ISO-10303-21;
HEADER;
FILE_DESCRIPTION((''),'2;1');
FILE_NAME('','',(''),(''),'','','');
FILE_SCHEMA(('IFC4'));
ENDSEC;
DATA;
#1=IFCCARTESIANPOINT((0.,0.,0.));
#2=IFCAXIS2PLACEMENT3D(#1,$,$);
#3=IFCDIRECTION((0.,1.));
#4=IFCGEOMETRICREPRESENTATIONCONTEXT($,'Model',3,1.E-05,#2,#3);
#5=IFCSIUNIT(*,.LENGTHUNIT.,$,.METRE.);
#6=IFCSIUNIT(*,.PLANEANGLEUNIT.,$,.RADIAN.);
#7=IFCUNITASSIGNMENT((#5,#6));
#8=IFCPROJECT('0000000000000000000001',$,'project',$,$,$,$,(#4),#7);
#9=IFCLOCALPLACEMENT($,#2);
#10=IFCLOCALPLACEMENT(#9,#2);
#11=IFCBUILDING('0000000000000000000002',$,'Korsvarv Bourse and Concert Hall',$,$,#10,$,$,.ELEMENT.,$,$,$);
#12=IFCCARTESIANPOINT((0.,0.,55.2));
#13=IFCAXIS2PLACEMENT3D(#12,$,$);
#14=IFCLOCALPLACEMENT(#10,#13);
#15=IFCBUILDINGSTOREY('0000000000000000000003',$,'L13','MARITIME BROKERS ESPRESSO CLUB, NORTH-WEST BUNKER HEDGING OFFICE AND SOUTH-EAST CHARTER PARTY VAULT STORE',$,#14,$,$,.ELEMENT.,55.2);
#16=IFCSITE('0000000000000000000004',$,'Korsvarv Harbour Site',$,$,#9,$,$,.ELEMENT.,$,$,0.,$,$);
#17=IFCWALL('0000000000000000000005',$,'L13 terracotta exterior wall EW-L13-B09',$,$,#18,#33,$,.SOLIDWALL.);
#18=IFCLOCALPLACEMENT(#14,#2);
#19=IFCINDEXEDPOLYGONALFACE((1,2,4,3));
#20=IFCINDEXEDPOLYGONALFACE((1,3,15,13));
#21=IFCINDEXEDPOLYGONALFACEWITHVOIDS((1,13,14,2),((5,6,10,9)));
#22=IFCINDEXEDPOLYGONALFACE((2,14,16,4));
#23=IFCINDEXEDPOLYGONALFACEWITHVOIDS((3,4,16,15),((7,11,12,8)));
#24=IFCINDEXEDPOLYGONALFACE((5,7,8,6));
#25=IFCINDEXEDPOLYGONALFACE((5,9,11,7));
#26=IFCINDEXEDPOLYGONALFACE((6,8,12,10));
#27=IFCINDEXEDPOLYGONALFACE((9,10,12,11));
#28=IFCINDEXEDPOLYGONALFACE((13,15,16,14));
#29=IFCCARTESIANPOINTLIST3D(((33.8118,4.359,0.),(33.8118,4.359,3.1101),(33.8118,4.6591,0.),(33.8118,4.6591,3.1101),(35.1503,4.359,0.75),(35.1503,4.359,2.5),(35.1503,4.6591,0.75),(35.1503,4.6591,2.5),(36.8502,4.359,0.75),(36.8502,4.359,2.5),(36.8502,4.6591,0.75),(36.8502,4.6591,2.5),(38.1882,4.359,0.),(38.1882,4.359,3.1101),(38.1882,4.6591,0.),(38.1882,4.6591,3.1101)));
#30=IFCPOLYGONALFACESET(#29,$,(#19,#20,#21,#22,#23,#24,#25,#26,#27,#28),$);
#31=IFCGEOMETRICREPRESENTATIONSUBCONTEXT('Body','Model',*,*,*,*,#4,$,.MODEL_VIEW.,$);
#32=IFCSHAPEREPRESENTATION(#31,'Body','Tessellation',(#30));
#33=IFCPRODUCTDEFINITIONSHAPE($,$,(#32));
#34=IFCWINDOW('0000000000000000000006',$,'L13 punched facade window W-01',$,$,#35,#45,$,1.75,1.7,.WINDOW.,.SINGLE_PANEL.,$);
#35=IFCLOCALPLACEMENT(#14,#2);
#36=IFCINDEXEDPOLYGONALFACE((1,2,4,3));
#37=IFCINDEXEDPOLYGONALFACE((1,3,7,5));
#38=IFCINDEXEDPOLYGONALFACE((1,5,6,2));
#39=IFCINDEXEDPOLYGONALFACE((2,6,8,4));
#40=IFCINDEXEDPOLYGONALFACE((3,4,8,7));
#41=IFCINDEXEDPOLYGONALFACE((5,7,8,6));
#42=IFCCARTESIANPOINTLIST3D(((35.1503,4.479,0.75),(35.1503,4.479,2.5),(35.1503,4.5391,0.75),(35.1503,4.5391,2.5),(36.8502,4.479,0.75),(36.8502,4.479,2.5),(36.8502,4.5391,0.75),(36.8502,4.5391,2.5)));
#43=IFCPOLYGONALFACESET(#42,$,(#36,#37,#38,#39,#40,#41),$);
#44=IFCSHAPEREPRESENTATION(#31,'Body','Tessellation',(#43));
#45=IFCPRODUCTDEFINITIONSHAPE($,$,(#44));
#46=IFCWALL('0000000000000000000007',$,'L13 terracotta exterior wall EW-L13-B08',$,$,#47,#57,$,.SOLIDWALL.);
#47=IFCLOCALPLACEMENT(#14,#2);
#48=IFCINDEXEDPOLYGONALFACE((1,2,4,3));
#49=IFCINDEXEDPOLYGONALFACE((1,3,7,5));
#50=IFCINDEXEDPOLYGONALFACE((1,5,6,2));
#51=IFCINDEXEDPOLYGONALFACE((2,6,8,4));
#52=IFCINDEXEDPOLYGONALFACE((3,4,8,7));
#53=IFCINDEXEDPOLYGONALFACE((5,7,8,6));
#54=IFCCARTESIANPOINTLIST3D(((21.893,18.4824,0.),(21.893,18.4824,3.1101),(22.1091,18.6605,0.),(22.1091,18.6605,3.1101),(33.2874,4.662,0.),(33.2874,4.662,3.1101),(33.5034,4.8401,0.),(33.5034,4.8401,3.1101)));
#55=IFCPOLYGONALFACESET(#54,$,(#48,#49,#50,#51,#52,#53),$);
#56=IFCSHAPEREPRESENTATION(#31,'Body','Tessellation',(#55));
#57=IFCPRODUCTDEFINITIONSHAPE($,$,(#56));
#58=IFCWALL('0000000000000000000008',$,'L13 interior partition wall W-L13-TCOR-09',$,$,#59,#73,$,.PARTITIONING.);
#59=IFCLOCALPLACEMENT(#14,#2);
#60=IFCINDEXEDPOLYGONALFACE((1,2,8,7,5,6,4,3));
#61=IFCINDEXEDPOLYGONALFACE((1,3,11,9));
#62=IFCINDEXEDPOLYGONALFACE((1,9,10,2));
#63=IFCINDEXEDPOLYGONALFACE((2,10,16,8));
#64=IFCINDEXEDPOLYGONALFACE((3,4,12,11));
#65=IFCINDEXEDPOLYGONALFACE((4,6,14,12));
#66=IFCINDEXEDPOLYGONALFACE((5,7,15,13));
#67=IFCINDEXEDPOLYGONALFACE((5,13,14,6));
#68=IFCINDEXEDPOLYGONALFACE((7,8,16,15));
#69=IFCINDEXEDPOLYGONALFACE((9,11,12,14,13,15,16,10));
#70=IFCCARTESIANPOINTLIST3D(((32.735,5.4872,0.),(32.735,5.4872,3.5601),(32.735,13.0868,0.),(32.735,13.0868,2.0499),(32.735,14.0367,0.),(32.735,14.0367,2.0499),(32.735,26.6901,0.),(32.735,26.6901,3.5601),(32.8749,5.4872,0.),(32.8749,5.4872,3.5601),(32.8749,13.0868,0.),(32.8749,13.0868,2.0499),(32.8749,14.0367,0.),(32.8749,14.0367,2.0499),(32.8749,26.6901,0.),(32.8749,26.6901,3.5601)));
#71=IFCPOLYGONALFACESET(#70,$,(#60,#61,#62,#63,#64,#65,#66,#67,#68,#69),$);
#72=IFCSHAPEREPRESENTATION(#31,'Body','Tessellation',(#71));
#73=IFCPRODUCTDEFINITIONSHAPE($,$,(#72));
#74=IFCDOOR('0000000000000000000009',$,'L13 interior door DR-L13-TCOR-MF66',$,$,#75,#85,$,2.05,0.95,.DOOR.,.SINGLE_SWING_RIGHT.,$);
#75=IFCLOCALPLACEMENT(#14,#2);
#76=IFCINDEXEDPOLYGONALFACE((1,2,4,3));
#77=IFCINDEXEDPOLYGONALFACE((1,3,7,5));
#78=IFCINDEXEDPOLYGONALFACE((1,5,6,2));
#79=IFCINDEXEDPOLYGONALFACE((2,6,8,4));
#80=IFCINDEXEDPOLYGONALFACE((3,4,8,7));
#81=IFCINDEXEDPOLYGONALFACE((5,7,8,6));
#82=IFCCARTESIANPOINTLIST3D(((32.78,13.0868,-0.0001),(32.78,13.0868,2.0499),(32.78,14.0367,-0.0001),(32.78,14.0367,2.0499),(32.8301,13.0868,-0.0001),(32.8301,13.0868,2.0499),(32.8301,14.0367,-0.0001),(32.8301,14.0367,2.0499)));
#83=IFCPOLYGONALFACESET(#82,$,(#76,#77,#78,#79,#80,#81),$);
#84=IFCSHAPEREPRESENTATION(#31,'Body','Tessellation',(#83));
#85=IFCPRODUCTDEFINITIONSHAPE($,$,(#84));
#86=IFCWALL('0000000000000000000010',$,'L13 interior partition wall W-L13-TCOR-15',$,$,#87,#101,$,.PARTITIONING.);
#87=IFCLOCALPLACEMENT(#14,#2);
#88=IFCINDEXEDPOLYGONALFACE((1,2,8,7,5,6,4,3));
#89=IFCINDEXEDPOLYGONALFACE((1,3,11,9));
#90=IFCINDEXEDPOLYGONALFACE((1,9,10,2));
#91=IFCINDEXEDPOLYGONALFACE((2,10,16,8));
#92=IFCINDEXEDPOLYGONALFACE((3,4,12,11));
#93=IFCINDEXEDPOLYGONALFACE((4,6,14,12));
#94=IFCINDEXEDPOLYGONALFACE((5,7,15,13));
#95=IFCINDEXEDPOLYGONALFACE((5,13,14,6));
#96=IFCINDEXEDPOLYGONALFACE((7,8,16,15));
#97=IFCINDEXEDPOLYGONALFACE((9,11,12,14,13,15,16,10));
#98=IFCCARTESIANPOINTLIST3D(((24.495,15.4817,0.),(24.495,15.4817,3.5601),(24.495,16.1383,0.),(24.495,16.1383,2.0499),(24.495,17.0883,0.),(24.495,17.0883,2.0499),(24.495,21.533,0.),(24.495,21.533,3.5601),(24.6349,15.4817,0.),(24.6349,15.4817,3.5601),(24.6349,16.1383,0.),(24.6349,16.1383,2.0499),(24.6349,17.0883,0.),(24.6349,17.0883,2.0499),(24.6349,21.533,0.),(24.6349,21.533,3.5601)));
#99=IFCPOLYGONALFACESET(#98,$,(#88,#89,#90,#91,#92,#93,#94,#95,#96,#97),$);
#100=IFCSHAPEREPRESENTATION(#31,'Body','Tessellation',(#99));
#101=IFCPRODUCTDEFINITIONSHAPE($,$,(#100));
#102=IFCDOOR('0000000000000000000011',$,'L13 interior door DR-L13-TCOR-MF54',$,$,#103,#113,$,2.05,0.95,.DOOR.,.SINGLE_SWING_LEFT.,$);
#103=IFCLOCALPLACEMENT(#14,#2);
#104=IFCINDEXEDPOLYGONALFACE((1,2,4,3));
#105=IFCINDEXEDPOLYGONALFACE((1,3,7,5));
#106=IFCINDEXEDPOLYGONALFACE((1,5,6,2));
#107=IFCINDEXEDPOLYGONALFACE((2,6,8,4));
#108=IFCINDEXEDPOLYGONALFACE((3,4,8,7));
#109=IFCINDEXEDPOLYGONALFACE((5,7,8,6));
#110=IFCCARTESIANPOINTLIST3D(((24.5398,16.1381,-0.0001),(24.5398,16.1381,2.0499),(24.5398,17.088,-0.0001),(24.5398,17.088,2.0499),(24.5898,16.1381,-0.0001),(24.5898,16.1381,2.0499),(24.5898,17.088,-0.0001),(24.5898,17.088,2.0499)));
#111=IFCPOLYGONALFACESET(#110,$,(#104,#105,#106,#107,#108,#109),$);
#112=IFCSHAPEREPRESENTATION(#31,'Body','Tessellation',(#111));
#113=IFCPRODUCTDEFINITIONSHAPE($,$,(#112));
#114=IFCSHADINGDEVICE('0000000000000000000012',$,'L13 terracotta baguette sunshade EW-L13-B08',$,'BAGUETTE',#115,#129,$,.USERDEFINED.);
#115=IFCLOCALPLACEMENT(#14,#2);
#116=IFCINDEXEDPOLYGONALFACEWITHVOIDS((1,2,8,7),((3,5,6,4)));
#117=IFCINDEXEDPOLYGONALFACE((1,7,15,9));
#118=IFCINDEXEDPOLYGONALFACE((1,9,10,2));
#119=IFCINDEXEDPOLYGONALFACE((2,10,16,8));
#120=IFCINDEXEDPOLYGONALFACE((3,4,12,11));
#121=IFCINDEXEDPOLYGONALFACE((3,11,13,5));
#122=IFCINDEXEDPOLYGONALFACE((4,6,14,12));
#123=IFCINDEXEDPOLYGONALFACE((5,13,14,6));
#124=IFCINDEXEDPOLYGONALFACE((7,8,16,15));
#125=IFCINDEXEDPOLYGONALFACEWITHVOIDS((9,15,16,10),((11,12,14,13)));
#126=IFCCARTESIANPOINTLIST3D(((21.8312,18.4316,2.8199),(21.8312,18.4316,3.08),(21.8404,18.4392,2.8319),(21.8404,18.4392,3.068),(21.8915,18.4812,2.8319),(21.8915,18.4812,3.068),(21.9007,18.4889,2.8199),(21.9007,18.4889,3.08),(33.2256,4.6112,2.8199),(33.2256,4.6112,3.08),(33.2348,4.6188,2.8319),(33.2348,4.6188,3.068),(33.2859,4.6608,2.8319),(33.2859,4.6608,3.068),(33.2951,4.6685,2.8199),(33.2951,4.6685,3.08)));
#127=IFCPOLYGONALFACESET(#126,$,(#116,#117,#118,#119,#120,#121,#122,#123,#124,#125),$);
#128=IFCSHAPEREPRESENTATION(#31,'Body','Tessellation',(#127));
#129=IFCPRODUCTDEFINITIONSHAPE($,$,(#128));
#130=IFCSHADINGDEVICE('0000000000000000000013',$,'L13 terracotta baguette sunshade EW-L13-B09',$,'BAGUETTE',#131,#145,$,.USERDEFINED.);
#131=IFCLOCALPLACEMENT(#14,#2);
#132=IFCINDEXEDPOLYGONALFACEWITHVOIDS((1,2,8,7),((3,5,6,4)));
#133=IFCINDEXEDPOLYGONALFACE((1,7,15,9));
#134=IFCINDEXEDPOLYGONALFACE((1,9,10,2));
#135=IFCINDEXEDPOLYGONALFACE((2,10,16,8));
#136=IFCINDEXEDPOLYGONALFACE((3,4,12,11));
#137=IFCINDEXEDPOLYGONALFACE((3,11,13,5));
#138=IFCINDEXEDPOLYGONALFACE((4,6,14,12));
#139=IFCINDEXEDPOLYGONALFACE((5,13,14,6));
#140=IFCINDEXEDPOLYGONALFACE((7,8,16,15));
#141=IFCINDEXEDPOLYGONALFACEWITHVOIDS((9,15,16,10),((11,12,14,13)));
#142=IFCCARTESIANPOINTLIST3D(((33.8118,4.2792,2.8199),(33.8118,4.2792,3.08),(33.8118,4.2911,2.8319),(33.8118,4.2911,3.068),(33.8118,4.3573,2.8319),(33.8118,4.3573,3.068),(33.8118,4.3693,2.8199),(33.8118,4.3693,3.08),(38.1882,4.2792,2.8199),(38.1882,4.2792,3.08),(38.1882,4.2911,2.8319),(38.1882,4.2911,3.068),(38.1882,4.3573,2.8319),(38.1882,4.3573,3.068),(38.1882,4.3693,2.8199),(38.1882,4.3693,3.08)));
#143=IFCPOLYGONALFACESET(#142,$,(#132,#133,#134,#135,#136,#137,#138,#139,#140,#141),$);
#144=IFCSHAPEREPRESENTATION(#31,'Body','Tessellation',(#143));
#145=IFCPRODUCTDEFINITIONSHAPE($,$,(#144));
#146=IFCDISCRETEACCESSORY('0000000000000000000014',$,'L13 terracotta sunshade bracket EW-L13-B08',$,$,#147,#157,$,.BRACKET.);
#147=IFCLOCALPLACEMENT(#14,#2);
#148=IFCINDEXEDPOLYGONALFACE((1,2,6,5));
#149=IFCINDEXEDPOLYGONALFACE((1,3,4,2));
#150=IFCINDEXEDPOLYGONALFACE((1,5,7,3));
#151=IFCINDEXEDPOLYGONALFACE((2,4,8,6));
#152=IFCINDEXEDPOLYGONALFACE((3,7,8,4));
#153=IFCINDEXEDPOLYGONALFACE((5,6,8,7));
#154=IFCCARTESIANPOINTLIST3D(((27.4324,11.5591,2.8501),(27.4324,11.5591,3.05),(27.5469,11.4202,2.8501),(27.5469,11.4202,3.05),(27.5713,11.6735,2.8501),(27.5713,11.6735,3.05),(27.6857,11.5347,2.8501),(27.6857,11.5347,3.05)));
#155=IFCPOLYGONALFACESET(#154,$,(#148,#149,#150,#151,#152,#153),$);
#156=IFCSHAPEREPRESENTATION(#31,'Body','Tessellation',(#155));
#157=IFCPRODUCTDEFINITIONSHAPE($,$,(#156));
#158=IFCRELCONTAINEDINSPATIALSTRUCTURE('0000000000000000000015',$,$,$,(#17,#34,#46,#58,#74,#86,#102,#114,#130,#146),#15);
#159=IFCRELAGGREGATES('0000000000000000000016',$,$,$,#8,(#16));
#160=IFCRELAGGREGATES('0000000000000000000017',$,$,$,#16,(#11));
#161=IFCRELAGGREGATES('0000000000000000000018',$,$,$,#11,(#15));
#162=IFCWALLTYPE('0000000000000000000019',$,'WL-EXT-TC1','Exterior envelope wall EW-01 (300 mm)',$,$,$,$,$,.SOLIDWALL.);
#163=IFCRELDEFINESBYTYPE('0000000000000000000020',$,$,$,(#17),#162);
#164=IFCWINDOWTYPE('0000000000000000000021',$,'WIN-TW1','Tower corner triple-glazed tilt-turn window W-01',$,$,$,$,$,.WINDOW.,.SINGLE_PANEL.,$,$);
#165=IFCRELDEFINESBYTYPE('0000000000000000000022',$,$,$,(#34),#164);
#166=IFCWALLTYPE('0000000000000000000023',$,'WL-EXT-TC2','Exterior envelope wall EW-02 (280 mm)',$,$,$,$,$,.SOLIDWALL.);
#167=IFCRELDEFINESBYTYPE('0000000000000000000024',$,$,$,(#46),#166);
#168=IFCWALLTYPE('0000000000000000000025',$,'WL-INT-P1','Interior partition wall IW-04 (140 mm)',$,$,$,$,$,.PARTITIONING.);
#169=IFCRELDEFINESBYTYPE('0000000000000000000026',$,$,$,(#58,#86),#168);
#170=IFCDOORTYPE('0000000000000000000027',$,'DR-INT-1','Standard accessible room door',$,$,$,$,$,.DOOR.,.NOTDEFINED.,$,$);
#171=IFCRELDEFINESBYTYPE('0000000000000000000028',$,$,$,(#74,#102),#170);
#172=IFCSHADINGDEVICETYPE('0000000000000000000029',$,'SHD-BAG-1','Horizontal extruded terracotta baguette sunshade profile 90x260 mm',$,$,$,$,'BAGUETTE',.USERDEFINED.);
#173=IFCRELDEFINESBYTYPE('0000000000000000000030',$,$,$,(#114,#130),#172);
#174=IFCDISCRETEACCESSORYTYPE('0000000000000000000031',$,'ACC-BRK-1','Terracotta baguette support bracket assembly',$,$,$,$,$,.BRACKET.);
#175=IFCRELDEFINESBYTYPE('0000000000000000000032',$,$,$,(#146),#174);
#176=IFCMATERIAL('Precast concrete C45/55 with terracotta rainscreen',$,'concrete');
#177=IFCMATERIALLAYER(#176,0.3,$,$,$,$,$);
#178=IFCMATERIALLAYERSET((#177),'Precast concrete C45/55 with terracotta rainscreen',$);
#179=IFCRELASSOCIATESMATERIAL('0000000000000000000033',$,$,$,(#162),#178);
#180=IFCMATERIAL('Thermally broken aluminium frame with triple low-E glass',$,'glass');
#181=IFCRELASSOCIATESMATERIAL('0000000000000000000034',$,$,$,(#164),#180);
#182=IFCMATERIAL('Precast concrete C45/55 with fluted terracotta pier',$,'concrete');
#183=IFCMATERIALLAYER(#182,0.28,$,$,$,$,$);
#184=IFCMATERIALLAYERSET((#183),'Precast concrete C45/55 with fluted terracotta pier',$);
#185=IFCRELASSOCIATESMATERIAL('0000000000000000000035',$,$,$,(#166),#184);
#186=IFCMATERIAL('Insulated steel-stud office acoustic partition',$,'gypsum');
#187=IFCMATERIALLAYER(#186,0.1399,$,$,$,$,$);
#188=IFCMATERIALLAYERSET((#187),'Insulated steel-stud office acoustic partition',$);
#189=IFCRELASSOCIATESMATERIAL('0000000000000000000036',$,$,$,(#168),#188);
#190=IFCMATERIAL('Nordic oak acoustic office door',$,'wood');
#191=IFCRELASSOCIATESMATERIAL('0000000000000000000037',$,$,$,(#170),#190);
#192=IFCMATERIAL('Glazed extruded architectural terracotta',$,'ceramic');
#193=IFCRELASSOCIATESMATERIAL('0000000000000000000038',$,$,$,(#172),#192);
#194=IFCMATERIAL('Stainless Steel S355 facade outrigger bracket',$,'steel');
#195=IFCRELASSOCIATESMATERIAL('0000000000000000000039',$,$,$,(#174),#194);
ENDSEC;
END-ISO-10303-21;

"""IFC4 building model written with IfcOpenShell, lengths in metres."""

from ifc_helpers import new_model, si_unit, direction, frame, frame_2d, origin, origin_2d, place, context, subcontext, project, spatial, rectangle, hollow_rectangle, extrude, source, transform, mapped, material, layer, layer_set, material_profile, profile_set, type_object, element, fill, save


model = new_model("IFC4")

# Units and contexts
model_context = context("Model", 3, precision=1e-05, world=origin(), true_north=direction((0.0, 1.0)))
body_context = subcontext(model_context, "Body", "Model", "MODEL_VIEW")
ifc_project = project(units=[si_unit("LENGTHUNIT", "METRE"), si_unit("PLANEANGLEUNIT", "RADIAN")], contexts=[model_context])

# Site, building, storey
site_placement = place(None, origin())
site = spatial("IfcSite", under=ifc_project, at=site_placement, Name="Korsvarv Harbour Site", CompositionType="ELEMENT", RefElevation=0.0)
building_placement = place(site_placement, origin())
building = spatial("IfcBuilding", under=site, at=building_placement, Name="Korsvarv Bourse and Concert Hall", CompositionType="ELEMENT")
storey_placement = place(building_placement, frame((0.0, 0.0, 55.2)))
storey = spatial("IfcBuildingStorey", under=building, at=storey_placement, Name="L13", Description="MARITIME BROKERS ESPRESSO CLUB, NORTH-WEST BUNKER HEDGING OFFICE AND SOUTH-EAST CHARTER PARTY VAULT STORE", CompositionType="ELEMENT", Elevation=55.2)

# Wall, opening, window
ifc_material_1 = material(Name="Precast concrete C45/55 with terracotta rainscreen", Category="concrete")
ifc_layer_1 = layer(ifc_material_1, 0.3)
ifc_layer_set_1 = layer_set([ifc_layer_1], Name="Precast concrete C45/55 with terracotta rainscreen")
wall_type_1 = type_object("IfcWallType", Name="WL-EXT-TC1", Description="Exterior envelope wall EW-01 (300 mm)", PredefinedType="SOLIDWALL", material=ifc_layer_set_1)
wall_1_placement = place(storey_placement, frame((33.8118, 4.509, 0.0), z_axis=(0.0, 0.0, 1.0), x_axis=(1.0, 0.0, 0.0)))
wall_1 = element("IfcWall", 1, at=wall_1_placement, inside=storey, type_object=wall_type_1, Name="L13 terracotta exterior wall EW-L13-B09", PredefinedType="SOLIDWALL", context=body_context, shape_type="SweptSolid", body=[
    extrude(rectangle(XDim=4.3765, YDim=0.3, at=frame_2d((2.1882, 0.0))), origin(), (0.0, 0.0, 1.0), 3.1101),
])
opening_1_placement = place(wall_1_placement, frame((1.3384, 0.0, 0.75)))
opening_1 = element("IfcOpeningElement", 2, at=opening_1_placement, cuts=wall_1, PredefinedType="OPENING", context=body_context, shape_type="SweptSolid", body=[
    extrude(rectangle(XDim=1.7, YDim=1.75, at=frame_2d((0.8501, 0.875))), frame((0.0, 0.1602, 0.0), z_axis=(0.0, -1.0, 0.0), x_axis=(1.0, 0.0, 0.0)), (0.0, 0.0, 1.0), 0.3201),
])
ifc_material_2 = material(Name="Thermally broken aluminium frame with triple low-E glass", Category="glass")
window_type = type_object("IfcWindowType", Name="WIN-TW1", Description="Tower corner triple-glazed tilt-turn window W-01", PartitioningType="SINGLE_PANEL", PredefinedType="WINDOW", material=ifc_material_2)
window_placement = place(opening_1_placement, origin())
window = element("IfcWindow", 3, at=window_placement, inside=storey, type_object=window_type, Name="L13 punched facade window W-01", OverallHeight=1.75, OverallWidth=1.7, PartitioningType="SINGLE_PANEL", PredefinedType="WINDOW", context=body_context, shape_type="SweptSolid", body=[
    extrude(rectangle(XDim=1.7, YDim=1.75, at=frame_2d((0.8501, 0.875))), frame((0.0, 0.03, 0.0), z_axis=(0.0, -1.0, 0.0), x_axis=(1.0, 0.0, 0.0)), (0.0, 0.0, 1.0), 0.0601),
])
fill(opening_1, window)

# Wall
ifc_material_3 = material(Name="Precast concrete C45/55 with fluted terracotta pier", Category="concrete")
ifc_layer_2 = layer(ifc_material_3, 0.28)
ifc_layer_set_2 = layer_set([ifc_layer_2], Name="Precast concrete C45/55 with fluted terracotta pier")
wall_type_2 = type_object("IfcWallType", Name="WL-EXT-TC2", Description="Exterior envelope wall EW-02 (280 mm)", PredefinedType="SOLIDWALL", material=ifc_layer_set_2)
wall_2_placement = place(storey_placement, frame((22.001, 18.5715, 0.0), z_axis=(0.0, 0.0, 1.0), x_axis=(0.636135, -0.771578, 0.0)))
element("IfcWall", 4, at=wall_2_placement, inside=storey, type_object=wall_type_2, Name="L13 terracotta exterior wall EW-L13-B08", PredefinedType="SOLIDWALL", context=body_context, shape_type="SweptSolid", body=[
    extrude(rectangle(XDim=17.9119, YDim=0.28, at=frame_2d((8.9561, 0.0))), origin(), (0.0, 0.0, 1.0), 3.1101),
])

# Walls, openings, doors
ifc_material_4 = material(Name="Insulated steel-stud office acoustic partition", Category="gypsum")
ifc_layer_3 = layer(ifc_material_4, 0.1399)
ifc_layer_set_3 = layer_set([ifc_layer_3], Name="Insulated steel-stud office acoustic partition")
wall_type_3 = type_object("IfcWallType", Name="WL-INT-P1", Description="Interior partition wall IW-04 (140 mm)", PredefinedType="PARTITIONING", material=ifc_layer_set_3)
wall_3_placement = place(storey_placement, frame((32.8049, 5.4871, 0.0), z_axis=(0.0, 0.0, 1.0), x_axis=(0.0, 1.0, 0.0)))
wall_3 = element("IfcWall", 5, at=wall_3_placement, inside=storey, type_object=wall_type_3, Name="L13 interior partition wall W-L13-TCOR-09", PredefinedType="PARTITIONING", context=body_context, shape_type="SweptSolid", body=[
    extrude(rectangle(XDim=21.2029, YDim=0.1399, at=frame_2d((10.6016, 0.0))), origin(), (0.0, 0.0, 1.0), 3.5601),
])
opening_2_placement = place(wall_3_placement, frame((7.5996, 0.0, 0.0)))
opening_2 = element("IfcOpeningElement", 6, at=opening_2_placement, cuts=wall_3, PredefinedType="OPENING", context=body_context, shape_type="SweptSolid", body=[
    extrude(rectangle(XDim=0.95, YDim=2.05, at=frame_2d((0.4751, 1.0249))), frame((0.0, 0.0801, 0.0), z_axis=(0.0, -1.0, 0.0), x_axis=(1.0, 0.0, 0.0)), (0.0, 0.0, 1.0), 0.1599),
])
ifc_material_5 = material(Name="Nordic oak acoustic office door", Category="wood")
door_type = type_object("IfcDoorType", Name="DR-INT-1", Description="Standard accessible room door", OperationType="NOTDEFINED", PredefinedType="DOOR", material=ifc_material_5)
door_1_placement = place(opening_2_placement, origin())
door_1 = element("IfcDoor", 7, at=door_1_placement, inside=storey, type_object=door_type, Name="L13 interior door DR-L13-TCOR-MF66", OperationType="SINGLE_SWING_RIGHT", OverallHeight=2.05, OverallWidth=0.95, PredefinedType="DOOR", context=body_context, shape_type="SweptSolid", body=[
    extrude(rectangle(XDim=0.95, YDim=2.05, at=frame_2d((0.4751, 1.0249))), frame((0.0, 0.0249, 0.0), z_axis=(0.0, -1.0, 0.0), x_axis=(1.0, 0.0, 0.0)), (0.0, 0.0, 1.0), 0.05),
])
fill(opening_2, door_1)
wall_4_placement = place(storey_placement, frame((24.5649, 15.4817, 0.0), z_axis=(0.0, 0.0, 1.0), x_axis=(0.0, 1.0, 0.0)))
wall_4 = element("IfcWall", 8, at=wall_4_placement, inside=storey, type_object=wall_type_3, Name="L13 interior partition wall W-L13-TCOR-15", PredefinedType="PARTITIONING", context=body_context, shape_type="SweptSolid", body=[
    extrude(rectangle(XDim=6.0513, YDim=0.1399, at=frame_2d((3.0256, 0.0))), origin(), (0.0, 0.0, 1.0), 3.5601),
])
opening_3_placement = place(wall_4_placement, frame((0.6565, 0.0, 0.0)))
opening_3 = element("IfcOpeningElement", 9, at=opening_3_placement, cuts=wall_4, PredefinedType="OPENING", context=body_context, shape_type="SweptSolid", body=[
    extrude(rectangle(XDim=0.95, YDim=2.05, at=frame_2d((0.4751, 1.0249))), frame((0.0, 0.0801, 0.0), z_axis=(0.0, -1.0, 0.0), x_axis=(1.0, 0.0, 0.0)), (0.0, 0.0, 1.0), 0.1599),
])
door_2_placement = place(opening_3_placement, frame((0.95, 0.0, 0.0), z_axis=(0.0, 0.0, 1.0), x_axis=(-1.0, 0.0, 0.0)))
door_2 = element("IfcDoor", 10, at=door_2_placement, inside=storey, type_object=door_type, Name="L13 interior door DR-L13-TCOR-MF54", OperationType="SINGLE_SWING_LEFT", OverallHeight=2.05, OverallWidth=0.95, PredefinedType="DOOR", context=body_context, shape_type="SweptSolid", body=[
    extrude(rectangle(XDim=0.95, YDim=2.05, at=frame_2d((0.4751, 1.0249))), frame((0.0, 0.0249, 0.0), z_axis=(0.0, -1.0, 0.0), x_axis=(1.0, 0.0, 0.0)), (0.0, 0.0, 1.0), 0.05),
])
fill(opening_3, door_2)

# Shading devices
ifc_material_6 = material(Name="Glazed extruded architectural terracotta", Category="ceramic")
ifc_material_profile_1 = material_profile(ifc_material_6, hollow_rectangle(XDim=0.0901, YDim=0.26, WallThickness=0.012, at=origin_2d()), Name="TC-BAG 90x260")
ifc_profile_set_1 = profile_set([ifc_material_profile_1], Name="Glazed extruded architectural terracotta")
shading_device_type = type_object("IfcShadingDeviceType", Name="SHD-BAG-1", Description="Horizontal extruded terracotta baguette sunshade profile 90x260 mm", ElementType="BAGUETTE", PredefinedType="USERDEFINED", material=ifc_profile_set_1)
shared_shape_1 = source(origin(), body_context, "Body", "SweptSolid", [
    extrude(hollow_rectangle(XDim=0.0901, YDim=0.26, WallThickness=0.012, at=origin_2d()), origin(), (0.0, 0.0, 1.0), 17.9119),
])
shading_device_1_placement = place(storey_placement, frame((21.866, 18.4602, 2.95), z_axis=(0.636135, -0.771578, 0.0), x_axis=(0.771578, 0.636135, 0.0)))
element("IfcShadingDevice", 11, at=shading_device_1_placement, inside=storey, type_object=shading_device_type, Name="L13 terracotta baguette sunshade EW-L13-B08", ObjectType="BAGUETTE", PredefinedType="USERDEFINED", context=body_context, shape_type="MappedRepresentation", body=[
    mapped(shared_shape_1, transform((0.0, 0.0, 0.0), scale=1.0)),
])
shared_shape_2 = source(origin(), body_context, "Body", "SweptSolid", [
    extrude(hollow_rectangle(XDim=0.0901, YDim=0.26, WallThickness=0.012, at=origin_2d()), origin(), (0.0, 0.0, 1.0), 4.3765),
])
shading_device_2_placement = place(storey_placement, frame((33.8118, 4.3242, 2.95), z_axis=(1.0, 0.0, 0.0), x_axis=(0.0, 1.0, 0.0)))
element("IfcShadingDevice", 12, at=shading_device_2_placement, inside=storey, type_object=shading_device_type, Name="L13 terracotta baguette sunshade EW-L13-B09", ObjectType="BAGUETTE", PredefinedType="USERDEFINED", context=body_context, shape_type="MappedRepresentation", body=[
    mapped(shared_shape_2, transform((0.0, 0.0, 0.0), scale=1.0)),
])

# Discrete accessory
ifc_material_7 = material(Name="Stainless Steel S355 facade outrigger bracket", Category="steel")
discrete_accessory_type = type_object("IfcDiscreteAccessoryType", Name="ACC-BRK-1", Description="Terracotta baguette support bracket assembly", PredefinedType="BRACKET", material=ifc_material_7)
shared_shape_3 = source(origin(), body_context, "Body", "SweptSolid", [
    extrude(rectangle(XDim=0.1799, YDim=0.1799, at=origin_2d()), origin(), (0.0, 0.0, 1.0), 0.2),
])
discrete_accessory_placement = place(storey_placement, frame((27.5591, 11.5469, 2.8501), z_axis=(0.0, 0.0, 1.0), x_axis=(0.636078, -0.771625, 0.0)))
element("IfcDiscreteAccessory", 13, at=discrete_accessory_placement, inside=storey, type_object=discrete_accessory_type, Name="L13 terracotta sunshade bracket EW-L13-B08", PredefinedType="BRACKET", context=body_context, shape_type="MappedRepresentation", body=[
    mapped(shared_shape_3, transform((0.0, 0.0, 0.0), scale=1.0)),
])

save(model, "model.ifc")
